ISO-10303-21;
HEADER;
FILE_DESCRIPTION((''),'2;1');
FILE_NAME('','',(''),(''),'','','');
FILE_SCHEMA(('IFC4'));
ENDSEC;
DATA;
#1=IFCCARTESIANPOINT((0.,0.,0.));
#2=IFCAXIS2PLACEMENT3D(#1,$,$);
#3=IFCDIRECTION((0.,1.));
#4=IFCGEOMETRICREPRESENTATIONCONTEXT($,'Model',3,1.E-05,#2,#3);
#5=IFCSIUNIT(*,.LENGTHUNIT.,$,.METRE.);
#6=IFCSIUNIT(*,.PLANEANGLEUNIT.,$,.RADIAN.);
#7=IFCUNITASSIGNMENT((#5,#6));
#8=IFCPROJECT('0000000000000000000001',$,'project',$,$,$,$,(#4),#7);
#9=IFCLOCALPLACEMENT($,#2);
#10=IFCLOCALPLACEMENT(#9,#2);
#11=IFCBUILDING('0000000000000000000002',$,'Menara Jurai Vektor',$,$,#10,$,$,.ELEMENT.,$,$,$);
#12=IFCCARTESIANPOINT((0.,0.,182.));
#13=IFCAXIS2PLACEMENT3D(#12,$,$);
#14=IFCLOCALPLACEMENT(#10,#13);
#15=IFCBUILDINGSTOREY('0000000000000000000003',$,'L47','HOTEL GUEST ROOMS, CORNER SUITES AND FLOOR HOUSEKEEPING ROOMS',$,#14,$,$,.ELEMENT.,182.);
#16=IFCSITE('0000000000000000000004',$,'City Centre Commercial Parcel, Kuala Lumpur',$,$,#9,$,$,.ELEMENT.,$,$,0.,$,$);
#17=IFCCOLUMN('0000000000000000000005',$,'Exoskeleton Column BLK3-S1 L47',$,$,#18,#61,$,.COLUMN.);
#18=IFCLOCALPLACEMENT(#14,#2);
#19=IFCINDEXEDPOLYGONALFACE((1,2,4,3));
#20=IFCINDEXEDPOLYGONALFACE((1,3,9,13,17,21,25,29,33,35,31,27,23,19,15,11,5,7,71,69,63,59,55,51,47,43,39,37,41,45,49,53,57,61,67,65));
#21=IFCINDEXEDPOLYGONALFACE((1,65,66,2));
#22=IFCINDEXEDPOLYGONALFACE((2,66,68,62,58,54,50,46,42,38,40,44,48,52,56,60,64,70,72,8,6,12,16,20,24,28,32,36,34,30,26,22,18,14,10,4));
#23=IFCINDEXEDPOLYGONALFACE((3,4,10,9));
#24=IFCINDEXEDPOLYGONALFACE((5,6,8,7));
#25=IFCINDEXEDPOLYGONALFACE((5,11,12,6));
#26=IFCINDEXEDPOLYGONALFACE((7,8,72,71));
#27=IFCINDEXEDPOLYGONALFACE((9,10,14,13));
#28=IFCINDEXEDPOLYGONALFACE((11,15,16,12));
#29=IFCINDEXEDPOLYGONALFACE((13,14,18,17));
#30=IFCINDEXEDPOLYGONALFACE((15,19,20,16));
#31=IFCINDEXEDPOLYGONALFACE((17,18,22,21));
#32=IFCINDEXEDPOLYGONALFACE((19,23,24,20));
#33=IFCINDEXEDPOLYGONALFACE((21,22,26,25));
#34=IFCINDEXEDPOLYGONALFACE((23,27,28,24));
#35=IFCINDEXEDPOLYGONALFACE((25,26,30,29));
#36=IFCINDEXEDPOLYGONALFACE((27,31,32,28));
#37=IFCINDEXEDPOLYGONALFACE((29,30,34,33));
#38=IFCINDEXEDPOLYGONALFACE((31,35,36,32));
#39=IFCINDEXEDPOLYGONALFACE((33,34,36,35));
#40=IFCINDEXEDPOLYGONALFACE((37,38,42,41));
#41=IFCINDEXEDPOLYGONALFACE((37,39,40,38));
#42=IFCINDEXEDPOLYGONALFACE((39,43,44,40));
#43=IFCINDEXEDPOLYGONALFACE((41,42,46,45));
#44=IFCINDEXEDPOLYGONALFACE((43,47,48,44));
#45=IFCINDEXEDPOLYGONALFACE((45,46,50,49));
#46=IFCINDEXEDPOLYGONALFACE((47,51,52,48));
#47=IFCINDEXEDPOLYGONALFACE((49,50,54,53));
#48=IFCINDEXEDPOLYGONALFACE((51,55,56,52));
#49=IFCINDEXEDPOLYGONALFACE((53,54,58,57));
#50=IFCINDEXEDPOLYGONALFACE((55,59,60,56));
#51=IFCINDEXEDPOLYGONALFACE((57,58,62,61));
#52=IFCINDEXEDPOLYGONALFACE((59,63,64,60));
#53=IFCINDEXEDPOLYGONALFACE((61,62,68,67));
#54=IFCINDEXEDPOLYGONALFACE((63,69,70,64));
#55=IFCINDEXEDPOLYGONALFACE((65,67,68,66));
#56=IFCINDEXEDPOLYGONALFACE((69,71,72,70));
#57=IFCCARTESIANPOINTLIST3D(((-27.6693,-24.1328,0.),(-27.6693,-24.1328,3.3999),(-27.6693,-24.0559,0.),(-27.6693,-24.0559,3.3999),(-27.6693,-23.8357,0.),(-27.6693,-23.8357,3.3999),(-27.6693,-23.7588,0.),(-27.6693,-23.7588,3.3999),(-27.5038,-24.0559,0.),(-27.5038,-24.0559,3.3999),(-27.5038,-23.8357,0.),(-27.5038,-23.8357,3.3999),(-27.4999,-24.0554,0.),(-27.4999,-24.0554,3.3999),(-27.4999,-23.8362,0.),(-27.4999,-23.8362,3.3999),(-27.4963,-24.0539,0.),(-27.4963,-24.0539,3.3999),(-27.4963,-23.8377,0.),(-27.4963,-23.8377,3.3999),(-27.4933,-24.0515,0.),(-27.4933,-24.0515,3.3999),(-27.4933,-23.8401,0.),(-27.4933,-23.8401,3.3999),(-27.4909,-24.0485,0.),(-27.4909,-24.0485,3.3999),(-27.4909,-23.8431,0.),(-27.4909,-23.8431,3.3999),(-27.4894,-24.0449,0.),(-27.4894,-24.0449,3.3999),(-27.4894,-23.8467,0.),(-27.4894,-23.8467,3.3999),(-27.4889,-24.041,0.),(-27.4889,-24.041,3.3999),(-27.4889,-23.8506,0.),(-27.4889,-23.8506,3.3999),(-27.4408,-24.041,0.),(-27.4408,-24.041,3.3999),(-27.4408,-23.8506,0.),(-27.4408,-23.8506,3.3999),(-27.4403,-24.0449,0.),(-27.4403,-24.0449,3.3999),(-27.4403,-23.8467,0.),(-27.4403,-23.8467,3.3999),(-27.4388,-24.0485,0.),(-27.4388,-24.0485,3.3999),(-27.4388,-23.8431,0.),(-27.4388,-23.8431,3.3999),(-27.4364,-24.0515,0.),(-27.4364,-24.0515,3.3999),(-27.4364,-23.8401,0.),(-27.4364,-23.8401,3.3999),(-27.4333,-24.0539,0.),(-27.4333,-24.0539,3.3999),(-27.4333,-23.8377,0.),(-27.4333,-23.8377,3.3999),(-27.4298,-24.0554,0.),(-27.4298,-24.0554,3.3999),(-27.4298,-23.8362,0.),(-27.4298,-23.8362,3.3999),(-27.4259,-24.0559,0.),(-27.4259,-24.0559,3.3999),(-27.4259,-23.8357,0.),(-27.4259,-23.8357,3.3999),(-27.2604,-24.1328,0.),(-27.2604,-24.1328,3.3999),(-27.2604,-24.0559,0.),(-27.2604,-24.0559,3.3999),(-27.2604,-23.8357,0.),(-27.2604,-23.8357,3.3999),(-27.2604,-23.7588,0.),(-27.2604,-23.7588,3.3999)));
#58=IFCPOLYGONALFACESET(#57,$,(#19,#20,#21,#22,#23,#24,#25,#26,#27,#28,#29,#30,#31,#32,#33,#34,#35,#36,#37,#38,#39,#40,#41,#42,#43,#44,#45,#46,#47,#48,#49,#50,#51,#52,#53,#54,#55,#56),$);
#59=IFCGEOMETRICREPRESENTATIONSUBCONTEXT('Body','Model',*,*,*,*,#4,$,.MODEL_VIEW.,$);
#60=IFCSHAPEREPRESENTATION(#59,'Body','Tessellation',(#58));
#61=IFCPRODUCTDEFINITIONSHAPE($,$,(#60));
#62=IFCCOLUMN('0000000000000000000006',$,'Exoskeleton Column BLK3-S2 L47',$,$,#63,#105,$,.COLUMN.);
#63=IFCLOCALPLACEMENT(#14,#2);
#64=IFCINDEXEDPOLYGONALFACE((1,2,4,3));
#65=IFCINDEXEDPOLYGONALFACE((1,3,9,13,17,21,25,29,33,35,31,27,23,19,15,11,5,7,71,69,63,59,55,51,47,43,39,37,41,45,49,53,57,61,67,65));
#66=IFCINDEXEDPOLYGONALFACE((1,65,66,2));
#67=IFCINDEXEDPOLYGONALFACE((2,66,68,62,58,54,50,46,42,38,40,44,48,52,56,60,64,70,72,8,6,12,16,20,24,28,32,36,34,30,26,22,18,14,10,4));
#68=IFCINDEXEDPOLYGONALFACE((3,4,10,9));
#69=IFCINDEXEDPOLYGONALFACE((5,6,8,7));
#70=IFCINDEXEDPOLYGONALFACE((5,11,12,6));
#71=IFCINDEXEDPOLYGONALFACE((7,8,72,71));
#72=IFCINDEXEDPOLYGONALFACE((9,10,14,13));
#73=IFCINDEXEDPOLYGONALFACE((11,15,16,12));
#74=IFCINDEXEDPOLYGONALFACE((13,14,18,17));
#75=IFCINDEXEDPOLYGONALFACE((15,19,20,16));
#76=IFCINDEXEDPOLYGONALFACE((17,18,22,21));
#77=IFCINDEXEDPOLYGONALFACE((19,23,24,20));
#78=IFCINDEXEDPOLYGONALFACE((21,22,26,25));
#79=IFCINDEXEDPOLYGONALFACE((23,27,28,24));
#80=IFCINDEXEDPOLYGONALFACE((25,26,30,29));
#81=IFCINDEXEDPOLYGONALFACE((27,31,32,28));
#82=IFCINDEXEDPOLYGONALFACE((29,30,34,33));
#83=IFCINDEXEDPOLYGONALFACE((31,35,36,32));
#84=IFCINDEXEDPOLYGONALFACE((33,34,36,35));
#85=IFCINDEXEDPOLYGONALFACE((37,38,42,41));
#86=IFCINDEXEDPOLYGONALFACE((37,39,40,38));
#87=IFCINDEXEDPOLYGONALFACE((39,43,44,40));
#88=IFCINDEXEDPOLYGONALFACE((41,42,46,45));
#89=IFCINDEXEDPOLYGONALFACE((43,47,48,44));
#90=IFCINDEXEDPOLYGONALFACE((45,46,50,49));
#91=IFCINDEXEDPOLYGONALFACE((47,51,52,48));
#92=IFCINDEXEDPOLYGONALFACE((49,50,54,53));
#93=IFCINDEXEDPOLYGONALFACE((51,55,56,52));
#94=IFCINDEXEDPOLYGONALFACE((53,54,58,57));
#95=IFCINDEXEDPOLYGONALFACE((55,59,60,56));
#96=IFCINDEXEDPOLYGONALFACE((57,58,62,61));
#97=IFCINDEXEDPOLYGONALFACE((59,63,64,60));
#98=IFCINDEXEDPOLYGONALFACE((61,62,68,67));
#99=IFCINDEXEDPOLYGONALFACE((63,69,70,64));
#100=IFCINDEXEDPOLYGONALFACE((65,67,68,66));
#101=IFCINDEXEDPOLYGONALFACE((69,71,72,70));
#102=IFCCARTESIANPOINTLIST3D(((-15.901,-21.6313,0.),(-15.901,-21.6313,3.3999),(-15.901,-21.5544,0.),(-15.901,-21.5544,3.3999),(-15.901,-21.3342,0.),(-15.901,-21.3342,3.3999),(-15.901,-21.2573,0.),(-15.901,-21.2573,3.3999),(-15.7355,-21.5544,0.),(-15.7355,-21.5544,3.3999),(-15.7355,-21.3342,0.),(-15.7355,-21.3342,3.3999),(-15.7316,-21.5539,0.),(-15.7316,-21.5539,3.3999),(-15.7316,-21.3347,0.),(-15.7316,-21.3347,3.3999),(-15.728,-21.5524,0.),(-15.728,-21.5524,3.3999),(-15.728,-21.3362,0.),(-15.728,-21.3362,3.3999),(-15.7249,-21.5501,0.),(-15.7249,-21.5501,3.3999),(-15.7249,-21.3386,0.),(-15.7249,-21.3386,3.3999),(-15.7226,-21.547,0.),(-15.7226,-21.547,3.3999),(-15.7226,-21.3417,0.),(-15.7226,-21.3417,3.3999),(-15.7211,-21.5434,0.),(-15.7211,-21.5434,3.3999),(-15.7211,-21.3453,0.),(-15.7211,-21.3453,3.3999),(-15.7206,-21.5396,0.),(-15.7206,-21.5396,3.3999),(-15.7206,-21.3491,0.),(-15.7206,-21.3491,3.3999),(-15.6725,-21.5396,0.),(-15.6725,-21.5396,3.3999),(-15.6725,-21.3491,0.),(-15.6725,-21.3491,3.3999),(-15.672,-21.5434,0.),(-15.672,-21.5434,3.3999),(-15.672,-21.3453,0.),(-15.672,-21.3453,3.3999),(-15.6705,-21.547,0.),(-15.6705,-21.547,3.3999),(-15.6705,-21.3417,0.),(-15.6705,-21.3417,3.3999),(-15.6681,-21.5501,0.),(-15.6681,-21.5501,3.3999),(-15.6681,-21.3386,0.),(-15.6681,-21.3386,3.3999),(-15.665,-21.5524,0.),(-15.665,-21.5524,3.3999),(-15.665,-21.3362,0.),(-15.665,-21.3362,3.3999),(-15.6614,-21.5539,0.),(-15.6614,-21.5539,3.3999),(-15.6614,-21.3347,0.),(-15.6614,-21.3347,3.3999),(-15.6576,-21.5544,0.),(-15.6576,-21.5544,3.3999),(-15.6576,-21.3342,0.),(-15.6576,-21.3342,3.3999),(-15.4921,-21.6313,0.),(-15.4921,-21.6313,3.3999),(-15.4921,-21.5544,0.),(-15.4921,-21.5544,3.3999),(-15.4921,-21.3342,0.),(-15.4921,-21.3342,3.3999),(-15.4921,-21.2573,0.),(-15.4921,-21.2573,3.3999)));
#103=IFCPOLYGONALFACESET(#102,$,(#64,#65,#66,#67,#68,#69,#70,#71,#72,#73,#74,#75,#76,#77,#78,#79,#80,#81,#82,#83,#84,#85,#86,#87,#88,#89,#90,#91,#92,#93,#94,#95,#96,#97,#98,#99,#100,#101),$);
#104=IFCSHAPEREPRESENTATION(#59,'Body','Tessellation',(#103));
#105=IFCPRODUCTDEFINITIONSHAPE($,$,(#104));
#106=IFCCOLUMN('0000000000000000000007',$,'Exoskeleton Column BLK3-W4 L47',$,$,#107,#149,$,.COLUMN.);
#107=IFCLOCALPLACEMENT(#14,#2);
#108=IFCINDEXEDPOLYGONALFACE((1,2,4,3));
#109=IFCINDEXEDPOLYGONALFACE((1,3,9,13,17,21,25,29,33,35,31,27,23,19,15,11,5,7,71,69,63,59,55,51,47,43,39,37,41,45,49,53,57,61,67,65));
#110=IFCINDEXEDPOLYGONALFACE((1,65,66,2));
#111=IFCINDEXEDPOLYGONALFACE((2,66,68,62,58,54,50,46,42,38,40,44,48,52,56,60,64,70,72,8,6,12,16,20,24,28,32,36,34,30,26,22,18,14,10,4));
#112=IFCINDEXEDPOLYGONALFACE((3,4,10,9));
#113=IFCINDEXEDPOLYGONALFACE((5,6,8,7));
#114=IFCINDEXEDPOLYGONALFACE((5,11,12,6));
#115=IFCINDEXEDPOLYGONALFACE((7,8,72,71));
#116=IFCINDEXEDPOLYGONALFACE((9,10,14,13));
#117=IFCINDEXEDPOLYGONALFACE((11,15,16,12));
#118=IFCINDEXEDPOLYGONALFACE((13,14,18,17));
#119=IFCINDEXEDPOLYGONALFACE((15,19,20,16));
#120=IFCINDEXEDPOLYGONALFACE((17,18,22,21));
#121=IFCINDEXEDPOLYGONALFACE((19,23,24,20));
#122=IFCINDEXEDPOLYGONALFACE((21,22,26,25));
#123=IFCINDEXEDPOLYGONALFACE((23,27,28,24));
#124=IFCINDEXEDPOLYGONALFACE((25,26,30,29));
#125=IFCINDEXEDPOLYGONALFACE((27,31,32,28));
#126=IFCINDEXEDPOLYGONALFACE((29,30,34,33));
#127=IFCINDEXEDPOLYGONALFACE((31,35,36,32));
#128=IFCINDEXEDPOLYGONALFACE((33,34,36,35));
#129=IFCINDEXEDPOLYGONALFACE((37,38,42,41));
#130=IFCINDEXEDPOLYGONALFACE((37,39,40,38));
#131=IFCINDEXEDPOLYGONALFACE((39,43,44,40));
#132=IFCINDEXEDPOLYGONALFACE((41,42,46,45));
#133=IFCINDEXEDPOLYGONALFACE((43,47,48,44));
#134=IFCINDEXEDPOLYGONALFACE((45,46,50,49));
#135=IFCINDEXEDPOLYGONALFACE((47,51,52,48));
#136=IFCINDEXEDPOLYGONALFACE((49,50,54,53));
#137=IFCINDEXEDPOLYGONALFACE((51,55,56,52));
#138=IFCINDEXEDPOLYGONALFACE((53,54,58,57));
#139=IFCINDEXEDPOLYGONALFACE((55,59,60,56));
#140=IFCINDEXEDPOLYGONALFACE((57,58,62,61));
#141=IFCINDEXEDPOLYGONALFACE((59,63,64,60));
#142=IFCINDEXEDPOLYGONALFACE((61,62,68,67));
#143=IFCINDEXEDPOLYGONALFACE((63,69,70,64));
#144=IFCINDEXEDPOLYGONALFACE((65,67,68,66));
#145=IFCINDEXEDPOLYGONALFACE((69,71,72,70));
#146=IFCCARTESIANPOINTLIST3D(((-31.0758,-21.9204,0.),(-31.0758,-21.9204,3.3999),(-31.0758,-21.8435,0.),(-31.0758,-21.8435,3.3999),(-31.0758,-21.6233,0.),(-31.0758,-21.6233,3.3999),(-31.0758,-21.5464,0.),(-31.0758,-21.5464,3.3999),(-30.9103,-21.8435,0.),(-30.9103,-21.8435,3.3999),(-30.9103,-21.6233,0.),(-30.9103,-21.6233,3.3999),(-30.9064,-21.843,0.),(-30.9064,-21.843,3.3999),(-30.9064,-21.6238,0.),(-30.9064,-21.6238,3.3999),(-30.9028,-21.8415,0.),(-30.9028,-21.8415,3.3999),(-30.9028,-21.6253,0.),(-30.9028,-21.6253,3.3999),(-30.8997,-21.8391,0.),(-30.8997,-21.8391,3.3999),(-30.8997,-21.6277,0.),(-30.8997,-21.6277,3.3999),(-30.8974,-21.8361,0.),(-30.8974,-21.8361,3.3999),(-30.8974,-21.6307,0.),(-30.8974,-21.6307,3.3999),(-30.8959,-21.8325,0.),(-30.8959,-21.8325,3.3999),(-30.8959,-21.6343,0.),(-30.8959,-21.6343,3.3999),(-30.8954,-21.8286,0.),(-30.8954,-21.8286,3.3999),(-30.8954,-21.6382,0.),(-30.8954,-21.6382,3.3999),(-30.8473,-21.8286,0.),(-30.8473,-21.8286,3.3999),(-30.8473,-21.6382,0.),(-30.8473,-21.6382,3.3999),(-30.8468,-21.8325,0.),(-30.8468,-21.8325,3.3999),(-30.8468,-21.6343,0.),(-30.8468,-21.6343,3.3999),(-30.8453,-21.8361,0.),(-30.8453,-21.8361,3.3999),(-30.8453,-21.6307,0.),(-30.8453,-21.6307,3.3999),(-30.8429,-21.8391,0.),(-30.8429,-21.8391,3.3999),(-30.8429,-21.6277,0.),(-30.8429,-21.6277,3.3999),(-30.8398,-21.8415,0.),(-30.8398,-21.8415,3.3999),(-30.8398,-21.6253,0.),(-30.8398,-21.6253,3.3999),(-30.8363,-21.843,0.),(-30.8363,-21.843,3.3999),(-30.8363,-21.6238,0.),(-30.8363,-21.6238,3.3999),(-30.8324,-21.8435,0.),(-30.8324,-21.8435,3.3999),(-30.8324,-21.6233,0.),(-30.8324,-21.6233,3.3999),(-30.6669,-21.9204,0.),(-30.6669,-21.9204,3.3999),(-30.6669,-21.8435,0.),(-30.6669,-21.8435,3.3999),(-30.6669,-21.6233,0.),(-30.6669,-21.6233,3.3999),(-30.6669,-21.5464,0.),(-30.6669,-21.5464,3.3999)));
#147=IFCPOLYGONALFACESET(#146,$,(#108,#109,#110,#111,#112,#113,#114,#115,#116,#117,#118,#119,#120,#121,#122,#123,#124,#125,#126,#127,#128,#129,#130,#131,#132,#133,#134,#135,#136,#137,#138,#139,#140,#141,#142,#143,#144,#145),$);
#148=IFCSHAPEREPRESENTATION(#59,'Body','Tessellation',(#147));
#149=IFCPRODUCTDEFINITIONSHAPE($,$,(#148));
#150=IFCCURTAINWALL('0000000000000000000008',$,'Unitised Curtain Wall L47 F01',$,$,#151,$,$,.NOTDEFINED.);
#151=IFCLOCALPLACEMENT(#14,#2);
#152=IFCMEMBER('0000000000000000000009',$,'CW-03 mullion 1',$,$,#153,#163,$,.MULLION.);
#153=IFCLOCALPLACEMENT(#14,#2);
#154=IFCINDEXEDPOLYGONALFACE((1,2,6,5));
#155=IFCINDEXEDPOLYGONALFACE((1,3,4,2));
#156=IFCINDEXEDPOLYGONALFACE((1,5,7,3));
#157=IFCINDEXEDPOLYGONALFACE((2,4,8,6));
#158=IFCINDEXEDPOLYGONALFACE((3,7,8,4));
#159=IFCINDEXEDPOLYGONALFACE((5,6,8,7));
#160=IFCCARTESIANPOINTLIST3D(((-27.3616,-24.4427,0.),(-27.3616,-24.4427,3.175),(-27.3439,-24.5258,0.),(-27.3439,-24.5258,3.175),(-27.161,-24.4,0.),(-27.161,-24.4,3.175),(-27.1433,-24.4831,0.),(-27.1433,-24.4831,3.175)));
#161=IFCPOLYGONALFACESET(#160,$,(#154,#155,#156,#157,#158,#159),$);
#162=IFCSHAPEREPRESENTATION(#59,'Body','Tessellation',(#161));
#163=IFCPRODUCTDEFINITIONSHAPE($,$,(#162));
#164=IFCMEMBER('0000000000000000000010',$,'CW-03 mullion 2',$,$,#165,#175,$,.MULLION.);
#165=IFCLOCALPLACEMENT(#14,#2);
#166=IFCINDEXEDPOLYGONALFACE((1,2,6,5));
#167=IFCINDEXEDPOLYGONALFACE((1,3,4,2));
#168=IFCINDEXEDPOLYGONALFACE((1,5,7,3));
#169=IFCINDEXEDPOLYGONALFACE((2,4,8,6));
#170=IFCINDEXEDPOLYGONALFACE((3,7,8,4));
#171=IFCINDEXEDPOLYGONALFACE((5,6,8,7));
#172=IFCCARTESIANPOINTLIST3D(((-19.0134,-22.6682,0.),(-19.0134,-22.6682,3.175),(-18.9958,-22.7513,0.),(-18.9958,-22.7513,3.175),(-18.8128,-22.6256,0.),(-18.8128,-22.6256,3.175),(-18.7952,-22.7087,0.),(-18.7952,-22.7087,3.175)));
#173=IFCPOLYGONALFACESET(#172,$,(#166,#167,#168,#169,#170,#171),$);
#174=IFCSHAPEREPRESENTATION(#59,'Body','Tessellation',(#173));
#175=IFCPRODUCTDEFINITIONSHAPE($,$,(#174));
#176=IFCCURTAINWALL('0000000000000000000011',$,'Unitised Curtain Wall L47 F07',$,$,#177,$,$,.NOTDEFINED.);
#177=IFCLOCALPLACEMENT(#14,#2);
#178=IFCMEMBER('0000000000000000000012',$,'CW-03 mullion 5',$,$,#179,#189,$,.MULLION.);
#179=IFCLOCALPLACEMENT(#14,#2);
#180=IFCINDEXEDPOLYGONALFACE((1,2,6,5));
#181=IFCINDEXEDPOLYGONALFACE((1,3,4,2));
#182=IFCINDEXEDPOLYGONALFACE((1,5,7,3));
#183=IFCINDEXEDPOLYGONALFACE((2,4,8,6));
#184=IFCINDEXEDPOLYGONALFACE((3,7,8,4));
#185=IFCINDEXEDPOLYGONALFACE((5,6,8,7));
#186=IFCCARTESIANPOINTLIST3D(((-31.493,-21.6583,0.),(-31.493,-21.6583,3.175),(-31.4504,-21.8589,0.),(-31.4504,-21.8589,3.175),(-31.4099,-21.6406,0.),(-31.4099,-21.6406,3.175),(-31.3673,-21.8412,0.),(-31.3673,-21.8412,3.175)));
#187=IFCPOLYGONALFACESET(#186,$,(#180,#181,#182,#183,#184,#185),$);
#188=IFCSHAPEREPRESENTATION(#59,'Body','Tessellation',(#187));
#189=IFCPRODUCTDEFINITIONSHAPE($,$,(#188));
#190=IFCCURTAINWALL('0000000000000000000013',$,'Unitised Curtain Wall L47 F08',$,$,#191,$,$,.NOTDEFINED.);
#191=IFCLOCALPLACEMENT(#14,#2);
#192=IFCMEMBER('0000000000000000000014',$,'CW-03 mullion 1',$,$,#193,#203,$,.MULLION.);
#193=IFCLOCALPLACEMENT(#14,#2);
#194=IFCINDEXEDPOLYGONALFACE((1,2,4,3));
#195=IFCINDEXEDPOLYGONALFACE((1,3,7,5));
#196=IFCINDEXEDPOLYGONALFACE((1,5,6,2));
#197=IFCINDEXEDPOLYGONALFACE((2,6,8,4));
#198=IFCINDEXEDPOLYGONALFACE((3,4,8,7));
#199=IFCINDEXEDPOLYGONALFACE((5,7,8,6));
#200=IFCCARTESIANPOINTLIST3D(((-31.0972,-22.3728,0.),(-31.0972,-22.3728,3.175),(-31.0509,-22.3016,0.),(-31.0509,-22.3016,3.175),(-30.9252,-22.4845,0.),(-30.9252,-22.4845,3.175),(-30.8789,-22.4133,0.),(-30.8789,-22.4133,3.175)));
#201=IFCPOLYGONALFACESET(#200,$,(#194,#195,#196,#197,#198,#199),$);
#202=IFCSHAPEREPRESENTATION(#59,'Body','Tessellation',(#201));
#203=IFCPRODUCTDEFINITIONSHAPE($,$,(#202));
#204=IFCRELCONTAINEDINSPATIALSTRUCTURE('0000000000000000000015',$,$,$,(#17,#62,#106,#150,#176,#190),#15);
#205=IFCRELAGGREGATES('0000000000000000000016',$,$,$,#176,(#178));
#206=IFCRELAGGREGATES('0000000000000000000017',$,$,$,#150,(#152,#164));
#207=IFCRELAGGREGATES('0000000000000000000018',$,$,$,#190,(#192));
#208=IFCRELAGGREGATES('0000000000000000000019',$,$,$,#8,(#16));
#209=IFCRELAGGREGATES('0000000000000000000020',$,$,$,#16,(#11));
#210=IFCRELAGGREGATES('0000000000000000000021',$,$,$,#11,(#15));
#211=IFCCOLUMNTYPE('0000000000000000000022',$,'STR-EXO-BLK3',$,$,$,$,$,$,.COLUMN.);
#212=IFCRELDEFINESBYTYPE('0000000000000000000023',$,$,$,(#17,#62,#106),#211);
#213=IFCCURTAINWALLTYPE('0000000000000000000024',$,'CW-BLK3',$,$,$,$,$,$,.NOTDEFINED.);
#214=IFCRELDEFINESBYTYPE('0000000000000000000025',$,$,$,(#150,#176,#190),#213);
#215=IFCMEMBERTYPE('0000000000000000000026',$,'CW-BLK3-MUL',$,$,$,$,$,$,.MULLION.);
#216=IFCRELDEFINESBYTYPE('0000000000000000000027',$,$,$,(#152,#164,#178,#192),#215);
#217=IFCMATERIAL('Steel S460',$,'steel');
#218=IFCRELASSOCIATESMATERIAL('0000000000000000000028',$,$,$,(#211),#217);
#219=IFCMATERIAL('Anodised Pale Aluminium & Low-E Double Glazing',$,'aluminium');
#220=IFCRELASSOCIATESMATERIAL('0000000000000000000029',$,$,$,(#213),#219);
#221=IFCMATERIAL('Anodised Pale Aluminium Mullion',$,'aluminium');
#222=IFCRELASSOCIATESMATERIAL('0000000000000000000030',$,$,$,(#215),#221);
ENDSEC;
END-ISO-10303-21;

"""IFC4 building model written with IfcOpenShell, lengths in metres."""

from ifc_helpers import new_model, si_unit, direction, frame, origin, origin_2d, place, context, subcontext, project, spatial, rectangle, i_section, extrude, material, material_profile, profile_set, type_object, element, aggregate, save


model = new_model("IFC4")

# Units and contexts
model_context = context("Model", 3, precision=1e-05, world=origin(), true_north=direction((0.0, 1.0)))
body_context = subcontext(model_context, "Body", "Model", "MODEL_VIEW")
ifc_project = project(units=[si_unit("LENGTHUNIT", "METRE"), si_unit("PLANEANGLEUNIT", "RADIAN")], contexts=[model_context])

# Site, building, storey
site_placement = place(None, origin())
site = spatial("IfcSite", under=ifc_project, at=site_placement, Name="City Centre Commercial Parcel, Kuala Lumpur", CompositionType="ELEMENT", RefElevation=0.0)
building_placement = place(site_placement, origin())
building = spatial("IfcBuilding", under=site, at=building_placement, Name="Menara Jurai Vektor", CompositionType="ELEMENT")
storey_placement = place(building_placement, frame((0.0, 0.0, 182.0)))
storey = spatial("IfcBuildingStorey", under=building, at=storey_placement, Name="L47", Description="HOTEL GUEST ROOMS, CORNER SUITES AND FLOOR HOUSEKEEPING ROOMS", CompositionType="ELEMENT", Elevation=182.0)

# Columns
ifc_material_1 = material(Name="Steel S460", Category="steel")
ifc_material_profile_1 = material_profile(ifc_material_1, i_section(OverallWidth=0.4089, OverallDepth=0.374, WebThickness=0.0481, FlangeThickness=0.0769, FilletRadius=0.0149, at=origin_2d()), Name="HD 400x634")
ifc_profile_set_1 = profile_set([ifc_material_profile_1], Name="Steel S460")
column_type = type_object("IfcColumnType", Name="STR-EXO-BLK3", PredefinedType="COLUMN", material=ifc_profile_set_1)
for number, where, z_axis, x_axis, name in (
    (1, (-27.4648, -23.9458, 0.0), (0.0, 0.0, 1.0), (1.0, 0.0, 0.0), "Exoskeleton Column BLK3-S1 L47"),
    (2, (-15.6965, -21.4443, 0.0), (0.0, 0.0, 1.0), (1.0, 0.0, 0.0), "Exoskeleton Column BLK3-S2 L47"),
    (3, (-30.8713, -21.7334, 0.0), (0.0, 0.0, 1.0), (1.0, 0.0, 0.0), "Exoskeleton Column BLK3-W4 L47"),
):
    element("IfcColumn", number, at=place(storey_placement, frame(where, z_axis=z_axis, x_axis=x_axis)), inside=storey, type_object=column_type, Name=name, PredefinedType="COLUMN", context=body_context, shape_type="SweptSolid", body=[
        extrude(i_section(OverallWidth=0.4089, OverallDepth=0.374, WebThickness=0.0481, FlangeThickness=0.0769, FilletRadius=0.0149, at=origin_2d()), origin(), (0.0, 0.0, 1.0), 3.3999),
    ])

# Curtain wall, members
ifc_material_2 = material(Name="Anodised Pale Aluminium & Low-E Double Glazing", Category="aluminium")
curtain_wall_type = type_object("IfcCurtainWallType", Name="CW-BLK3", PredefinedType="NOTDEFINED", material=ifc_material_2)
curtain_wall_1_placement = place(storey_placement, origin())
curtain_wall_1 = element("IfcCurtainWall", 4, at=curtain_wall_1_placement, inside=storey, type_object=curtain_wall_type, Name="Unitised Curtain Wall L47 F01", PredefinedType="NOTDEFINED")
ifc_material_3 = material(Name="Anodised Pale Aluminium Mullion", Category="aluminium")
ifc_material_profile_2 = material_profile(ifc_material_3, rectangle(XDim=0.085, YDim=0.2051, at=origin_2d()), Name="ALU MUL 85x205")
ifc_profile_set_2 = profile_set([ifc_material_profile_2], Name="Anodised Pale Aluminium Mullion")
member_type_1 = type_object("IfcMemberType", Name="CW-BLK3-MUL", PredefinedType="MULLION", material=ifc_profile_set_2)
member_1_placement = place(storey_placement, frame((-27.2524, -24.4629, 0.0), z_axis=(0.0, 0.0, 1.0), x_axis=(-0.207911, 0.978148, 0.0)))
member_1 = element("IfcMember", 5, at=member_1_placement, type_object=member_type_1, Name="CW-03 mullion 1", PredefinedType="MULLION", context=body_context, shape_type="SweptSolid", body=[
    extrude(rectangle(XDim=0.085, YDim=0.2051, at=origin_2d()), origin(), (0.0, 0.0, 1.0), 3.175),
])
member_2_placement = place(storey_placement, frame((-18.9043, -22.6885, 0.0), z_axis=(0.0, 0.0, 1.0), x_axis=(-0.207911, 0.978148, 0.0)))
member_2 = element("IfcMember", 6, at=member_2_placement, type_object=member_type_1, Name="CW-03 mullion 2", PredefinedType="MULLION", context=body_context, shape_type="SweptSolid", body=[
    extrude(rectangle(XDim=0.085, YDim=0.2051, at=origin_2d()), origin(), (0.0, 0.0, 1.0), 3.175),
])

# Curtain wall, member
curtain_wall_2_placement = place(storey_placement, origin())
curtain_wall_2 = element("IfcCurtainWall", 7, at=curtain_wall_2_placement, inside=storey, type_object=curtain_wall_type, Name="Unitised Curtain Wall L47 F07", PredefinedType="NOTDEFINED")
member_3_placement = place(storey_placement, frame((-31.4302, -21.7498, 0.0), z_axis=(0.0, 0.0, 1.0), x_axis=(0.978148, 0.20791, 0.0)))
member_3 = element("IfcMember", 8, at=member_3_placement, type_object=member_type_1, Name="CW-03 mullion 5", PredefinedType="MULLION", context=body_context, shape_type="SweptSolid", body=[
    extrude(rectangle(XDim=0.085, YDim=0.2051, at=origin_2d()), origin(), (0.0, 0.0, 1.0), 3.175),
])
aggregate(curtain_wall_2, [member_3])

# Curtain wall, member
curtain_wall_3_placement = place(storey_placement, origin())
curtain_wall_3 = element("IfcCurtainWall", 9, at=curtain_wall_3_placement, inside=storey, type_object=curtain_wall_type, Name="Unitised Curtain Wall L47 F08", PredefinedType="NOTDEFINED")
member_4_placement = place(storey_placement, frame((-30.988, -22.3931, 0.0), z_axis=(0.0, 0.0, 1.0), x_axis=(0.544618, 0.838684, 0.0)))
member_4 = element("IfcMember", 10, at=member_4_placement, type_object=member_type_1, Name="CW-03 mullion 1", PredefinedType="MULLION", context=body_context, shape_type="SweptSolid", body=[
    extrude(rectangle(XDim=0.085, YDim=0.2051, at=origin_2d()), origin(), (0.0, 0.0, 1.0), 3.175),
])

aggregate(curtain_wall_1, [member_1, member_2])
aggregate(curtain_wall_3, [member_4])

save(model, "model.ifc")
